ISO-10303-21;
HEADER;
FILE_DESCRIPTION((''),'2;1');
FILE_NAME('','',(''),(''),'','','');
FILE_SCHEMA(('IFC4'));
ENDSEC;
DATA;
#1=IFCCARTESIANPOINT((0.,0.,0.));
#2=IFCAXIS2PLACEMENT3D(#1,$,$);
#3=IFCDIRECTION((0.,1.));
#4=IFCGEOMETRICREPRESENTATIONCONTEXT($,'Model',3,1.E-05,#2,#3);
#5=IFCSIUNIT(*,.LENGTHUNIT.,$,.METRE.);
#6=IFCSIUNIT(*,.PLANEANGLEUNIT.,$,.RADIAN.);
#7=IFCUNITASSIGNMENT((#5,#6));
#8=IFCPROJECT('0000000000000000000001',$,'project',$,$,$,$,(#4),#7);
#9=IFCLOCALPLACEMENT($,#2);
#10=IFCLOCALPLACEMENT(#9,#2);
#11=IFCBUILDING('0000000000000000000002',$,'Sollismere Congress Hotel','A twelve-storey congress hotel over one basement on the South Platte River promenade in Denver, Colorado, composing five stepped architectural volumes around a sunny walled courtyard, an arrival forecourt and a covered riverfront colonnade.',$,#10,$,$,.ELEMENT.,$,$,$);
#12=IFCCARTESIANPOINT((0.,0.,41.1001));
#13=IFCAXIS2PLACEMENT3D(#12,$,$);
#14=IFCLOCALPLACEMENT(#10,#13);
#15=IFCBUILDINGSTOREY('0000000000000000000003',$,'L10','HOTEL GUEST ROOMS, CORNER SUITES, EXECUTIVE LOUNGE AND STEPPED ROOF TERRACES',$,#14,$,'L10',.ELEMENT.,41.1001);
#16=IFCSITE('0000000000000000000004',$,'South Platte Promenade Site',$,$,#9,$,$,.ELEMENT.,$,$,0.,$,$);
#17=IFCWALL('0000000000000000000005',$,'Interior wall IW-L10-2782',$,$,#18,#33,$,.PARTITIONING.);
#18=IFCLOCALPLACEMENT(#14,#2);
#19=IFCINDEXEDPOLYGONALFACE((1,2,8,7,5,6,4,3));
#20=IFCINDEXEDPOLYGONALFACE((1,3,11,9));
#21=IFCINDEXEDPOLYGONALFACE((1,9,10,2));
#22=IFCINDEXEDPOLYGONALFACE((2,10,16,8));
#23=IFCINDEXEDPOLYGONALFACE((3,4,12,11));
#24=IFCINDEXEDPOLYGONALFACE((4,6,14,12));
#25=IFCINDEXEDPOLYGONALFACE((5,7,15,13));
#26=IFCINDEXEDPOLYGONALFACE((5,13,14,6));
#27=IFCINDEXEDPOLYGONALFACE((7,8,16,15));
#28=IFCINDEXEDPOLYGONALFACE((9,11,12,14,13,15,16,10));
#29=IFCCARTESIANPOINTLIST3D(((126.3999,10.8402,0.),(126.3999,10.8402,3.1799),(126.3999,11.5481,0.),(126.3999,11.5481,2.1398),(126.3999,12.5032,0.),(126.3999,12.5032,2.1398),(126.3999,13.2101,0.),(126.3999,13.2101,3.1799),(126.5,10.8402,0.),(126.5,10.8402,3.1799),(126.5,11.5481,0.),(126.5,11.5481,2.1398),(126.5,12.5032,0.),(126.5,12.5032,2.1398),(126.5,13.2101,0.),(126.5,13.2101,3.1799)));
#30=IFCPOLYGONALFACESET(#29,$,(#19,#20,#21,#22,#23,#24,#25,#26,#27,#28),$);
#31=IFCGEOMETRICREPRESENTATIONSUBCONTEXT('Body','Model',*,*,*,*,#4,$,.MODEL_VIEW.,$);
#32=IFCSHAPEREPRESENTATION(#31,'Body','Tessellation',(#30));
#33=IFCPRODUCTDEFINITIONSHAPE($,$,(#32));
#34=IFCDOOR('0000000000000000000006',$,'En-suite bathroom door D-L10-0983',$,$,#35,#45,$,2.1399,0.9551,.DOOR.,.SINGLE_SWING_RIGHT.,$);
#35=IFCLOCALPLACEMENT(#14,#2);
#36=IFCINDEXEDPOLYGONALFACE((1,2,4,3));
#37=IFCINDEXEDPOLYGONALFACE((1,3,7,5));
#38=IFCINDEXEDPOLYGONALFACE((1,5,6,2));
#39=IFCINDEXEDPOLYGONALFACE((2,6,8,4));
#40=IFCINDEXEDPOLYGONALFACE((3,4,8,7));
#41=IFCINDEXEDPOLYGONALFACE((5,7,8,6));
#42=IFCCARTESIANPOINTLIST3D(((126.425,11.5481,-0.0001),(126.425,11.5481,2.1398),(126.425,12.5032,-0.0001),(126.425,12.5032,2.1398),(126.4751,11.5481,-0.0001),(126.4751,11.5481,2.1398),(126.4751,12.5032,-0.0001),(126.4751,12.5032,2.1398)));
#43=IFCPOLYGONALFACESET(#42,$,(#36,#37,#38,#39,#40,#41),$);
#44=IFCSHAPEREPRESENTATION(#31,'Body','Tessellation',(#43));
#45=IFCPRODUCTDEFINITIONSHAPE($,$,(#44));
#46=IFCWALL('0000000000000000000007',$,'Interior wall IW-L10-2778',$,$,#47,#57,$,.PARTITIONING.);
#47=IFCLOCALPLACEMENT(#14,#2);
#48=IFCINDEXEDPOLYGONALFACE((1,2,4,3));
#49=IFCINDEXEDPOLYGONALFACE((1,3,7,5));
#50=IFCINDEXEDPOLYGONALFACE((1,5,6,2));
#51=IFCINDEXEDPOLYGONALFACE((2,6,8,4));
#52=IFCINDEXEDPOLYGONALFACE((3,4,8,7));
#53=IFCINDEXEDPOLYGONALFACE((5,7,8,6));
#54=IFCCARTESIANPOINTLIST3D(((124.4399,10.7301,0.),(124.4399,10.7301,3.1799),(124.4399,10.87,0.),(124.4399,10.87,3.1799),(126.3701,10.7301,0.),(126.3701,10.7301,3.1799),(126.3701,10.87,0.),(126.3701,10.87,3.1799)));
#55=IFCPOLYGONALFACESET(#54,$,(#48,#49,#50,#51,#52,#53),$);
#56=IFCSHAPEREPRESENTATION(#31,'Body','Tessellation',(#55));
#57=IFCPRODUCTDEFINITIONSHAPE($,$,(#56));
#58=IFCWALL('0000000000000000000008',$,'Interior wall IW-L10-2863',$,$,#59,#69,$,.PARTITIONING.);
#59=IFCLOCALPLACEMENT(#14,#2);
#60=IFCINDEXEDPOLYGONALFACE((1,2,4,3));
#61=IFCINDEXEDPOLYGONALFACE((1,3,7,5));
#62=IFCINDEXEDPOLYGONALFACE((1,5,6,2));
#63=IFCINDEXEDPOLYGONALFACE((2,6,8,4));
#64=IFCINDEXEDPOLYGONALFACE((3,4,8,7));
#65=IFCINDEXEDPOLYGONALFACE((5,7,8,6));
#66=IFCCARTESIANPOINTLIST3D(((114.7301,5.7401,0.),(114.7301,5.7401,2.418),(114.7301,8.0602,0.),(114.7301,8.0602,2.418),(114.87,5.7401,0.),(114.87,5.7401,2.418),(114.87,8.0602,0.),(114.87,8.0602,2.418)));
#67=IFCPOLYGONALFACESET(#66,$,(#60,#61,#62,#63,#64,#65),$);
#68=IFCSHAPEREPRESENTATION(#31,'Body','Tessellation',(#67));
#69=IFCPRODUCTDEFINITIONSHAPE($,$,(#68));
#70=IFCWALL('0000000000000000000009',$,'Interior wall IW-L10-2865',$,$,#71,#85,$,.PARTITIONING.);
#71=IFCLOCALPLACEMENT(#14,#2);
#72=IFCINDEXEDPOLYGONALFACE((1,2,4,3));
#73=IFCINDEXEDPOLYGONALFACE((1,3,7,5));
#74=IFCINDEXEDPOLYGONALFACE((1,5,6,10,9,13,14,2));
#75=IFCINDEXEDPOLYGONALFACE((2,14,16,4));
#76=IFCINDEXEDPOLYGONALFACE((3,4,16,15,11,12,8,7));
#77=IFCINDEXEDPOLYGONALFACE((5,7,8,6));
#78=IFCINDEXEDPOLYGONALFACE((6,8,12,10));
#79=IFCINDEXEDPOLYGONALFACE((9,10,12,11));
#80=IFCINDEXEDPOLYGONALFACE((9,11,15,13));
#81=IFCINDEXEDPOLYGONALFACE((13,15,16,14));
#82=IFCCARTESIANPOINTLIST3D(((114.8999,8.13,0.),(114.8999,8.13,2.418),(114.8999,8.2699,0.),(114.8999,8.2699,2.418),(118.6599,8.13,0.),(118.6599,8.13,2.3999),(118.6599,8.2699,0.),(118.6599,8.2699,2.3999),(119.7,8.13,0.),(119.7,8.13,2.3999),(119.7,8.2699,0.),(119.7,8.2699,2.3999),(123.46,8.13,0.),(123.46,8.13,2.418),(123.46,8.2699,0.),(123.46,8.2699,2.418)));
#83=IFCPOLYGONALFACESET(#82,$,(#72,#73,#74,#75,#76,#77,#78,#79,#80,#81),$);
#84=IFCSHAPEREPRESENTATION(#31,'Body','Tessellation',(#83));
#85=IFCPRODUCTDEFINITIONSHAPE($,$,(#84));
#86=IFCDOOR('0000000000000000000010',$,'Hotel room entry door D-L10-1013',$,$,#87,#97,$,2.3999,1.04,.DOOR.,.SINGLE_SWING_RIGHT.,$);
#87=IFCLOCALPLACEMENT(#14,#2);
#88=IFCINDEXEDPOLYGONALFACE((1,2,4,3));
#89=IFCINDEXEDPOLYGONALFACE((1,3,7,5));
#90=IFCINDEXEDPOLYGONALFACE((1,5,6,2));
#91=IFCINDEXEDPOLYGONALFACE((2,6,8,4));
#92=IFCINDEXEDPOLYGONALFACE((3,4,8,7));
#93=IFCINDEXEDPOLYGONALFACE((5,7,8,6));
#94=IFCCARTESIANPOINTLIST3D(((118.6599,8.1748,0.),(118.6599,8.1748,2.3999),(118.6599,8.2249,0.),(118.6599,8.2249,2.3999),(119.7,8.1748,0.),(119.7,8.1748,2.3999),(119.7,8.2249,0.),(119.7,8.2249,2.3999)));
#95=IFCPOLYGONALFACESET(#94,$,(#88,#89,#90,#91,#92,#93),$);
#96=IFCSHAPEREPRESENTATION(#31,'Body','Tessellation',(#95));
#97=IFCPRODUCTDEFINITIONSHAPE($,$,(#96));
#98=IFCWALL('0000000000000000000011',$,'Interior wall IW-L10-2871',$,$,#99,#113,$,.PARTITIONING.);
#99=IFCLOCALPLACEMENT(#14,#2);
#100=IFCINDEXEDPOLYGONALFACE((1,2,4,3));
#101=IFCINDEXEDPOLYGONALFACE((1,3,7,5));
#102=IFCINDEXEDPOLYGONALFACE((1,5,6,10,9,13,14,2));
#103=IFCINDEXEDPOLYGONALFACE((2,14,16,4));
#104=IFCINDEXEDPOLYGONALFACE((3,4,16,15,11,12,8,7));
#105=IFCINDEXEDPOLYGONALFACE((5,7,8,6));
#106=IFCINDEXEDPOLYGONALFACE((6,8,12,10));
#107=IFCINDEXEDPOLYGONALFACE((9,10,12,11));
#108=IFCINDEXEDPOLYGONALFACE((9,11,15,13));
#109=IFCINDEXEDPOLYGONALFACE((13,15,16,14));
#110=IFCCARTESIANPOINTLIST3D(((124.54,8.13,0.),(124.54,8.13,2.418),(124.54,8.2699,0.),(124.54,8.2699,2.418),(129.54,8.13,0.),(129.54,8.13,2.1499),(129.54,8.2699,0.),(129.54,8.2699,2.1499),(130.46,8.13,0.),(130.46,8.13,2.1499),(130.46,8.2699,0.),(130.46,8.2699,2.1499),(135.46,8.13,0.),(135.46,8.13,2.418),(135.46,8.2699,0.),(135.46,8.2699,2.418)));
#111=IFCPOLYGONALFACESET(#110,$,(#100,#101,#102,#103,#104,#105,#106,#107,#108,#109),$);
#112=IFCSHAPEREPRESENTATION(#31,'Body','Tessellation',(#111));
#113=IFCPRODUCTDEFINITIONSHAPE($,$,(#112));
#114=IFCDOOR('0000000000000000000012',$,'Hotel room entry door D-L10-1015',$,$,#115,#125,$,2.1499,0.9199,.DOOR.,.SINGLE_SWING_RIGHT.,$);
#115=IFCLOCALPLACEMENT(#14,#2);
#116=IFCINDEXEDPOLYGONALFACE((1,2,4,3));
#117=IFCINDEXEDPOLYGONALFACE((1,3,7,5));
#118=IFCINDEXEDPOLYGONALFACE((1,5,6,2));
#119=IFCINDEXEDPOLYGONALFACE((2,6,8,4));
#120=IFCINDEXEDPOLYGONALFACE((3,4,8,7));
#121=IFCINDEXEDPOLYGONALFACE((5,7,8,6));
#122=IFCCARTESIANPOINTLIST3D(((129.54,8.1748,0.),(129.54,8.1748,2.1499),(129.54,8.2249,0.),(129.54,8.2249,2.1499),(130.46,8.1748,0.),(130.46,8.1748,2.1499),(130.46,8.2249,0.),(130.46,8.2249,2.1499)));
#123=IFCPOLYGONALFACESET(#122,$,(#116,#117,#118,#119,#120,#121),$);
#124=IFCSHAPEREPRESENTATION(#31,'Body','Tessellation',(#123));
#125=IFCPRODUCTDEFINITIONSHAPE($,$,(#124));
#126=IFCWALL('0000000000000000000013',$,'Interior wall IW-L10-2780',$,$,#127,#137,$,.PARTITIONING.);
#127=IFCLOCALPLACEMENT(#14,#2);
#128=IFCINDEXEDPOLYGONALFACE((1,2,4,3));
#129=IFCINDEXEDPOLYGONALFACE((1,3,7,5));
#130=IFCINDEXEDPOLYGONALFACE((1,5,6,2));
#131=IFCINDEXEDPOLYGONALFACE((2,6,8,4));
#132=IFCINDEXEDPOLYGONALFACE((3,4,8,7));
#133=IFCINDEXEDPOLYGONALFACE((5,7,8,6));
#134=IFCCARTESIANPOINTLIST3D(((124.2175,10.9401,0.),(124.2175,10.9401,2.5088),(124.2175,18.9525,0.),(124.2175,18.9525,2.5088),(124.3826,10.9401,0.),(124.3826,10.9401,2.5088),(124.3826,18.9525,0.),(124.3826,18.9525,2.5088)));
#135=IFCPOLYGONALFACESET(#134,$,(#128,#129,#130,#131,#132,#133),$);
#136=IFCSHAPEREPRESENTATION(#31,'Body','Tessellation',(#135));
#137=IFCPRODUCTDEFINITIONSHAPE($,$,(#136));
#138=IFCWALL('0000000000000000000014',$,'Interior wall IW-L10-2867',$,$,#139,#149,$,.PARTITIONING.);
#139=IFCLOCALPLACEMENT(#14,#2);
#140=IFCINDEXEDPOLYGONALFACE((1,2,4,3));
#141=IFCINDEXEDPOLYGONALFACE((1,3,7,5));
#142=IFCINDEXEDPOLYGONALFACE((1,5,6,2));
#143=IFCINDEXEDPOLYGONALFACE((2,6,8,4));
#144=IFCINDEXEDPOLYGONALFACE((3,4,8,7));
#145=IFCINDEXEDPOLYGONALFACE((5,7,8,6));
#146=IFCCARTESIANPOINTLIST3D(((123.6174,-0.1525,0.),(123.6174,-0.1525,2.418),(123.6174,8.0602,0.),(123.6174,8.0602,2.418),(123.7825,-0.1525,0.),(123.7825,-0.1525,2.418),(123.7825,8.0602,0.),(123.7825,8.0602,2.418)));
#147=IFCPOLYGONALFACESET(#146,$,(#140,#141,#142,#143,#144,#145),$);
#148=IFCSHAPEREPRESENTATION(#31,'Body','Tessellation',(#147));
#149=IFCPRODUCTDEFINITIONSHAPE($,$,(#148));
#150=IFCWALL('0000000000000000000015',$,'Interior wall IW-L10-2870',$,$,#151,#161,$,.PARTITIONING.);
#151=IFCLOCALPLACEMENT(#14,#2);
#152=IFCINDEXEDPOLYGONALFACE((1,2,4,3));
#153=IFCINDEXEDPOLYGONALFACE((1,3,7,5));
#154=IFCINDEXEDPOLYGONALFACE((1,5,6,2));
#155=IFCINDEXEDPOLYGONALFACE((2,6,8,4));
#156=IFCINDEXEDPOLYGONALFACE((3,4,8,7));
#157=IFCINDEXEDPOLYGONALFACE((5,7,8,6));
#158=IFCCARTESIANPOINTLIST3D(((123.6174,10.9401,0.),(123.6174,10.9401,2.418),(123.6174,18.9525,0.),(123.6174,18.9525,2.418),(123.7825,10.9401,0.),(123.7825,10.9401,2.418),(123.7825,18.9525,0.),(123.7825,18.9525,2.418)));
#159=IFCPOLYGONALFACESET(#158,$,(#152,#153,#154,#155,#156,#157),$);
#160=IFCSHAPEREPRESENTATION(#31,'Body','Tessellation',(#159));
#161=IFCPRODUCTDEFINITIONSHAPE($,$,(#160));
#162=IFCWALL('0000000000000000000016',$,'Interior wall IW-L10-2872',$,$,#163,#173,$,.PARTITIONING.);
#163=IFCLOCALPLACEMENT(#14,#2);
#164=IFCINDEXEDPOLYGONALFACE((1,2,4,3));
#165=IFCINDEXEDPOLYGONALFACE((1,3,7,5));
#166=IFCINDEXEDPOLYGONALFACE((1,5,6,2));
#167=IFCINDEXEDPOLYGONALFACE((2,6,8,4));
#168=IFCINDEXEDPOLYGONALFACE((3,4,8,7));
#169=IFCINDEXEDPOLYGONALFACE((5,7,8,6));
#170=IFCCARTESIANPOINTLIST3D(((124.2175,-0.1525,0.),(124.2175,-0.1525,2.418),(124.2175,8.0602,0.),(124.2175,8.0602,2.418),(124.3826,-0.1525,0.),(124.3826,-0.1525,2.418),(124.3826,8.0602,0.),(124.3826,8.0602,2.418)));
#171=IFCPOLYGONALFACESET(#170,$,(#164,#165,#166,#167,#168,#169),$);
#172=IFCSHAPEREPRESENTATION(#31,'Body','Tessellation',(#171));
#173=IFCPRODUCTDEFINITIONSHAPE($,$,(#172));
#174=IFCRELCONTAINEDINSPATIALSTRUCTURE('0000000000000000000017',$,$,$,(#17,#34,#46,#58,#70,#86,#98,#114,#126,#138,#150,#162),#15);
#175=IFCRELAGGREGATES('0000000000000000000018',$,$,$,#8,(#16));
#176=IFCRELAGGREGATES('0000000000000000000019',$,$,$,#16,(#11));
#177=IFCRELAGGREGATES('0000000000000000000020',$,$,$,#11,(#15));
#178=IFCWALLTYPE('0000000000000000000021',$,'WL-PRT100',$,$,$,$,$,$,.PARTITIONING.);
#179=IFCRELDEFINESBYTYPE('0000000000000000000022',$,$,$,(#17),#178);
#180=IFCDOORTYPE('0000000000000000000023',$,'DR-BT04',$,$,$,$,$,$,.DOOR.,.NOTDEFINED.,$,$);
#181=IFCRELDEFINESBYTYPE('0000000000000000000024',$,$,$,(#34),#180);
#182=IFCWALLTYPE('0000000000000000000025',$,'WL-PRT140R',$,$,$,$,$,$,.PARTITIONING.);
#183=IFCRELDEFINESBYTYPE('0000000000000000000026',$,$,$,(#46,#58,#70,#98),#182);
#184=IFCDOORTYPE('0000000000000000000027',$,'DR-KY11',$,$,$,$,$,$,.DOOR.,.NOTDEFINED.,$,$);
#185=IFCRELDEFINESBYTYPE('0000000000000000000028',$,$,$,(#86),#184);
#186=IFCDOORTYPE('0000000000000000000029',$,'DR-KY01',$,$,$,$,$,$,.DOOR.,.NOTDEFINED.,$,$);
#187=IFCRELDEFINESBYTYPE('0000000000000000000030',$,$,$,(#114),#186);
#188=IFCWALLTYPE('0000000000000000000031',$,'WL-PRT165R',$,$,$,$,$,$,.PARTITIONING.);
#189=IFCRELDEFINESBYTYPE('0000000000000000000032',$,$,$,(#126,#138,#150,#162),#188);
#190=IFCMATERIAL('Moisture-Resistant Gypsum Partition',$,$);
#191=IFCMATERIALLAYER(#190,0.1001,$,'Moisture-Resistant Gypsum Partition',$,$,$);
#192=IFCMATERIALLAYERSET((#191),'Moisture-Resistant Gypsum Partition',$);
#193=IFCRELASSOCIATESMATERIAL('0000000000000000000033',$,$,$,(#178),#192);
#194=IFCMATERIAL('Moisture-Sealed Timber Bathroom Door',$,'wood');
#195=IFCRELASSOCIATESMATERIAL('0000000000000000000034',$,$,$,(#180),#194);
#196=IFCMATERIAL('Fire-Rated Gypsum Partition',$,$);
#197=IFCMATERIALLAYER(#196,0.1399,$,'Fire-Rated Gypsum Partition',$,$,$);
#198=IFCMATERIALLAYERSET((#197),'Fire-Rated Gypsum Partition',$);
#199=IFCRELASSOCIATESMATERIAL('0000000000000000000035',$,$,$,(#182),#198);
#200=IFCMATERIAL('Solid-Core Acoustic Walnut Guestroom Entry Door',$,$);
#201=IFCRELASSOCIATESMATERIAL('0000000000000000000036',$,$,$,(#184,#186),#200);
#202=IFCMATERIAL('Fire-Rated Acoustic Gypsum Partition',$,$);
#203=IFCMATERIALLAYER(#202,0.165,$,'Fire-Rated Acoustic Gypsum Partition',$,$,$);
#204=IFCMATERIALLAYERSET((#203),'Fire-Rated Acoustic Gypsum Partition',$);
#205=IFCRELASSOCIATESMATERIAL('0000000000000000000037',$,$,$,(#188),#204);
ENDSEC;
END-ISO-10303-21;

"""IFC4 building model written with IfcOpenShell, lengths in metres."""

from ifc_helpers import new_model, si_unit, direction, frame, frame_2d, origin, place, context, subcontext, project, spatial, rectangle, extrude, material, layer, layer_set, type_object, element, fill, save


model = new_model("IFC4")

# Units and contexts
model_context = context("Model", 3, precision=1e-05, world=origin(), true_north=direction((0.0, 1.0)))
body_context = subcontext(model_context, "Body", "Model", "MODEL_VIEW")
ifc_project = project(units=[si_unit("LENGTHUNIT", "METRE"), si_unit("PLANEANGLEUNIT", "RADIAN")], contexts=[model_context])

# Site, building, storey
site_placement = place(None, origin())
site = spatial("IfcSite", under=ifc_project, at=site_placement, Name="South Platte Promenade Site", CompositionType="ELEMENT", RefElevation=0.0)
building_placement = place(site_placement, origin())
building = spatial("IfcBuilding", under=site, at=building_placement, Name="Sollismere Congress Hotel", Description="A twelve-storey congress hotel over one basement on the South Platte River promenade in Denver, Colorado, composing five stepped architectural volumes around a sunny walled courtyard, an arrival forecourt and a covered riverfront colonnade.", CompositionType="ELEMENT")
storey_placement = place(building_placement, frame((0.0, 0.0, 41.1001)))
storey = spatial("IfcBuildingStorey", under=building, at=storey_placement, Name="L10", Description="HOTEL GUEST ROOMS, CORNER SUITES, EXECUTIVE LOUNGE AND STEPPED ROOF TERRACES", LongName="L10", CompositionType="ELEMENT", Elevation=41.1001)

# Wall, opening, door
ifc_material_1 = material(Name="Moisture-Resistant Gypsum Partition")
ifc_layer_1 = layer(ifc_material_1, 0.1001, Name="Moisture-Resistant Gypsum Partition")
ifc_layer_set_1 = layer_set([ifc_layer_1], Name="Moisture-Resistant Gypsum Partition")
wall_type_1 = type_object("IfcWallType", Name="WL-PRT100", PredefinedType="PARTITIONING", material=ifc_layer_set_1)
wall_1_placement = place(storey_placement, frame((126.45, 10.8401, 0.0), z_axis=(0.0, 0.0, 1.0), x_axis=(0.0, 1.0, 0.0)))
wall_1 = element("IfcWall", 1, at=wall_1_placement, inside=storey, type_object=wall_type_1, Name="Interior wall IW-L10-2782", PredefinedType="PARTITIONING", context=body_context, shape_type="SweptSolid", body=[
    extrude(rectangle(XDim=2.3699, YDim=0.1001, at=frame_2d((1.1851, 0.0))), origin(), (0.0, 0.0, 1.0), 3.1799),
])
opening_1_placement = place(wall_1_placement, frame((0.708, 0.0, 0.0)))
opening_1 = element("IfcOpeningElement", 2, at=opening_1_placement, cuts=wall_1, PredefinedType="OPENING", context=body_context, shape_type="SweptSolid", body=[
    extrude(rectangle(XDim=0.9551, YDim=2.1399, at=frame_2d((0.4775, 1.0698))), frame((0.0, 0.0601, 0.0), z_axis=(0.0, -1.0, 0.0), x_axis=(1.0, 0.0, 0.0)), (0.0, 0.0, 1.0), 0.1201),
])
ifc_material_2 = material(Name="Moisture-Sealed Timber Bathroom Door", Category="wood")
door_type_1 = type_object("IfcDoorType", Name="DR-BT04", OperationType="NOTDEFINED", PredefinedType="DOOR", material=ifc_material_2)
door_1_placement = place(opening_1_placement, origin())
door_1 = element("IfcDoor", 3, at=door_1_placement, inside=storey, type_object=door_type_1, Name="En-suite bathroom door D-L10-0983", OperationType="SINGLE_SWING_RIGHT", OverallHeight=2.1399, OverallWidth=0.9551, PredefinedType="DOOR", context=body_context, shape_type="SweptSolid", body=[
    extrude(rectangle(XDim=0.9551, YDim=2.1399, at=frame_2d((0.4775, 1.0698))), frame((0.0, 0.0249, 0.0), z_axis=(0.0, -1.0, 0.0), x_axis=(1.0, 0.0, 0.0)), (0.0, 0.0, 1.0), 0.05),
])
fill(opening_1, door_1)

# Walls
ifc_material_3 = material(Name="Fire-Rated Gypsum Partition")
ifc_layer_2 = layer(ifc_material_3, 0.1399, Name="Fire-Rated Gypsum Partition")
ifc_layer_set_2 = layer_set([ifc_layer_2], Name="Fire-Rated Gypsum Partition")
wall_type_2 = type_object("IfcWallType", Name="WL-PRT140R", PredefinedType="PARTITIONING", material=ifc_layer_set_2)
wall_2_placement = place(storey_placement, frame((124.4399, 10.8, 0.0), z_axis=(0.0, 0.0, 1.0), x_axis=(1.0, 0.0, 0.0)))
element("IfcWall", 4, at=wall_2_placement, inside=storey, type_object=wall_type_2, Name="Interior wall IW-L10-2778", PredefinedType="PARTITIONING", context=body_context, shape_type="SweptSolid", body=[
    extrude(rectangle(XDim=1.9302, YDim=0.1399, at=frame_2d((0.9651, 0.0))), origin(), (0.0, 0.0, 1.0), 3.1799),
])
wall_3_placement = place(storey_placement, frame((114.8, 5.74, 0.0), z_axis=(0.0, 0.0, 1.0), x_axis=(0.0, 1.0, 0.0)))
element("IfcWall", 5, at=wall_3_placement, inside=storey, type_object=wall_type_2, Name="Interior wall IW-L10-2863", PredefinedType="PARTITIONING", context=body_context, shape_type="SweptSolid", body=[
    extrude(rectangle(XDim=2.3201, YDim=0.1399, at=frame_2d((1.1602, 0.0))), origin(), (0.0, 0.0, 1.0), 2.418),
])

# Walls, openings, doors
wall_4_placement = place(storey_placement, frame((114.8999, 8.2, 0.0), z_axis=(0.0, 0.0, 1.0), x_axis=(1.0, 0.0, 0.0)))
wall_4 = element("IfcWall", 6, at=wall_4_placement, inside=storey, type_object=wall_type_2, Name="Interior wall IW-L10-2865", PredefinedType="PARTITIONING", context=body_context, shape_type="SweptSolid", body=[
    extrude(rectangle(XDim=8.5601, YDim=0.1399, at=frame_2d((4.28, 0.0))), origin(), (0.0, 0.0, 1.0), 2.418),
])
opening_2_placement = place(wall_4_placement, frame((3.76, 0.0, 0.0)))
opening_2 = element("IfcOpeningElement", 7, at=opening_2_placement, cuts=wall_4, PredefinedType="OPENING", context=body_context, shape_type="SweptSolid", body=[
    extrude(rectangle(XDim=1.04, YDim=2.3999, at=frame_2d((0.52, 1.2))), frame((0.0, 0.0798, 0.0), z_axis=(0.0, -1.0, 0.0), x_axis=(1.0, 0.0, 0.0)), (0.0, 0.0, 1.0), 0.1599),
])
ifc_material_4 = material(Name="Solid-Core Acoustic Walnut Guestroom Entry Door")
door_type_2 = type_object("IfcDoorType", Name="DR-KY11", OperationType="NOTDEFINED", PredefinedType="DOOR", material=ifc_material_4)
door_2_placement = place(opening_2_placement, origin())
door_2 = element("IfcDoor", 8, at=door_2_placement, inside=storey, type_object=door_type_2, Name="Hotel room entry door D-L10-1013", OperationType="SINGLE_SWING_RIGHT", OverallHeight=2.3999, OverallWidth=1.04, PredefinedType="DOOR", context=body_context, shape_type="SweptSolid", body=[
    extrude(rectangle(XDim=1.04, YDim=2.3999, at=frame_2d((0.52, 1.2))), frame((0.0, 0.0249, 0.0), z_axis=(0.0, -1.0, 0.0), x_axis=(1.0, 0.0, 0.0)), (0.0, 0.0, 1.0), 0.05),
])
fill(opening_2, door_2)
wall_5_placement = place(storey_placement, frame((124.54, 8.2, 0.0), z_axis=(0.0, 0.0, 1.0), x_axis=(1.0, 0.0, 0.0)))
wall_5 = element("IfcWall", 9, at=wall_5_placement, inside=storey, type_object=wall_type_2, Name="Interior wall IW-L10-2871", PredefinedType="PARTITIONING", context=body_context, shape_type="SweptSolid", body=[
    extrude(rectangle(XDim=10.9199, YDim=0.1399, at=frame_2d((5.46, 0.0))), origin(), (0.0, 0.0, 1.0), 2.418),
])
opening_3_placement = place(wall_5_placement, frame((5.0, 0.0, 0.0)))
opening_3 = element("IfcOpeningElement", 10, at=opening_3_placement, cuts=wall_5, PredefinedType="OPENING", context=body_context, shape_type="SweptSolid", body=[
    extrude(rectangle(XDim=0.9199, YDim=2.1499, at=frame_2d((0.46, 1.075))), frame((0.0, 0.0798, 0.0), z_axis=(0.0, -1.0, 0.0), x_axis=(1.0, 0.0, 0.0)), (0.0, 0.0, 1.0), 0.1599),
])
door_type_3 = type_object("IfcDoorType", Name="DR-KY01", OperationType="NOTDEFINED", PredefinedType="DOOR", material=ifc_material_4)
door_3_placement = place(opening_3_placement, origin())
door_3 = element("IfcDoor", 11, at=door_3_placement, inside=storey, type_object=door_type_3, Name="Hotel room entry door D-L10-1015", OperationType="SINGLE_SWING_RIGHT", OverallHeight=2.1499, OverallWidth=0.9199, PredefinedType="DOOR", context=body_context, shape_type="SweptSolid", body=[
    extrude(rectangle(XDim=0.9199, YDim=2.1499, at=frame_2d((0.46, 1.075))), frame((0.0, 0.0249, 0.0), z_axis=(0.0, -1.0, 0.0), x_axis=(1.0, 0.0, 0.0)), (0.0, 0.0, 1.0), 0.05),
])
fill(opening_3, door_3)

# Walls
ifc_material_5 = material(Name="Fire-Rated Acoustic Gypsum Partition")
ifc_layer_3 = layer(ifc_material_5, 0.165, Name="Fire-Rated Acoustic Gypsum Partition")
ifc_layer_set_3 = layer_set([ifc_layer_3], Name="Fire-Rated Acoustic Gypsum Partition")
wall_type_3 = type_object("IfcWallType", Name="WL-PRT165R", PredefinedType="PARTITIONING", material=ifc_layer_set_3)
wall_6_placement = place(storey_placement, frame((124.3, 10.9399, 0.0), z_axis=(0.0, 0.0, 1.0), x_axis=(0.0, 1.0, 0.0)))
element("IfcWall", 12, at=wall_6_placement, inside=storey, type_object=wall_type_3, Name="Interior wall IW-L10-2780", PredefinedType="PARTITIONING", context=body_context, shape_type="SweptSolid", body=[
    extrude(rectangle(XDim=8.0125, YDim=0.165, at=frame_2d((4.0063, 0.0))), origin(), (0.0, 0.0, 1.0), 2.5088),
])
wall_7_placement = place(storey_placement, frame((123.7, -0.1526, 0.0), z_axis=(0.0, 0.0, 1.0), x_axis=(0.0, 1.0, 0.0)))
element("IfcWall", 13, at=wall_7_placement, inside=storey, type_object=wall_type_3, Name="Interior wall IW-L10-2867", PredefinedType="PARTITIONING", context=body_context, shape_type="SweptSolid", body=[
    extrude(rectangle(XDim=8.2126, YDim=0.165, at=frame_2d((4.1064, 0.0))), origin(), (0.0, 0.0, 1.0), 2.418),
])
wall_8_placement = place(storey_placement, frame((123.7, 10.9399, 0.0), z_axis=(0.0, 0.0, 1.0), x_axis=(0.0, 1.0, 0.0)))
element("IfcWall", 14, at=wall_8_placement, inside=storey, type_object=wall_type_3, Name="Interior wall IW-L10-2870", PredefinedType="PARTITIONING", context=body_context, shape_type="SweptSolid", body=[
    extrude(rectangle(XDim=8.0125, YDim=0.165, at=frame_2d((4.0063, 0.0))), origin(), (0.0, 0.0, 1.0), 2.418),
])
wall_9_placement = place(storey_placement, frame((124.3, -0.1526, 0.0), z_axis=(0.0, 0.0, 1.0), x_axis=(0.0, 1.0, 0.0)))
element("IfcWall", 15, at=wall_9_placement, inside=storey, type_object=wall_type_3, Name="Interior wall IW-L10-2872", PredefinedType="PARTITIONING", context=body_context, shape_type="SweptSolid", body=[
    extrude(rectangle(XDim=8.2126, YDim=0.165, at=frame_2d((4.1064, 0.0))), origin(), (0.0, 0.0, 1.0), 2.418),
])

save(model, "model.ifc")
